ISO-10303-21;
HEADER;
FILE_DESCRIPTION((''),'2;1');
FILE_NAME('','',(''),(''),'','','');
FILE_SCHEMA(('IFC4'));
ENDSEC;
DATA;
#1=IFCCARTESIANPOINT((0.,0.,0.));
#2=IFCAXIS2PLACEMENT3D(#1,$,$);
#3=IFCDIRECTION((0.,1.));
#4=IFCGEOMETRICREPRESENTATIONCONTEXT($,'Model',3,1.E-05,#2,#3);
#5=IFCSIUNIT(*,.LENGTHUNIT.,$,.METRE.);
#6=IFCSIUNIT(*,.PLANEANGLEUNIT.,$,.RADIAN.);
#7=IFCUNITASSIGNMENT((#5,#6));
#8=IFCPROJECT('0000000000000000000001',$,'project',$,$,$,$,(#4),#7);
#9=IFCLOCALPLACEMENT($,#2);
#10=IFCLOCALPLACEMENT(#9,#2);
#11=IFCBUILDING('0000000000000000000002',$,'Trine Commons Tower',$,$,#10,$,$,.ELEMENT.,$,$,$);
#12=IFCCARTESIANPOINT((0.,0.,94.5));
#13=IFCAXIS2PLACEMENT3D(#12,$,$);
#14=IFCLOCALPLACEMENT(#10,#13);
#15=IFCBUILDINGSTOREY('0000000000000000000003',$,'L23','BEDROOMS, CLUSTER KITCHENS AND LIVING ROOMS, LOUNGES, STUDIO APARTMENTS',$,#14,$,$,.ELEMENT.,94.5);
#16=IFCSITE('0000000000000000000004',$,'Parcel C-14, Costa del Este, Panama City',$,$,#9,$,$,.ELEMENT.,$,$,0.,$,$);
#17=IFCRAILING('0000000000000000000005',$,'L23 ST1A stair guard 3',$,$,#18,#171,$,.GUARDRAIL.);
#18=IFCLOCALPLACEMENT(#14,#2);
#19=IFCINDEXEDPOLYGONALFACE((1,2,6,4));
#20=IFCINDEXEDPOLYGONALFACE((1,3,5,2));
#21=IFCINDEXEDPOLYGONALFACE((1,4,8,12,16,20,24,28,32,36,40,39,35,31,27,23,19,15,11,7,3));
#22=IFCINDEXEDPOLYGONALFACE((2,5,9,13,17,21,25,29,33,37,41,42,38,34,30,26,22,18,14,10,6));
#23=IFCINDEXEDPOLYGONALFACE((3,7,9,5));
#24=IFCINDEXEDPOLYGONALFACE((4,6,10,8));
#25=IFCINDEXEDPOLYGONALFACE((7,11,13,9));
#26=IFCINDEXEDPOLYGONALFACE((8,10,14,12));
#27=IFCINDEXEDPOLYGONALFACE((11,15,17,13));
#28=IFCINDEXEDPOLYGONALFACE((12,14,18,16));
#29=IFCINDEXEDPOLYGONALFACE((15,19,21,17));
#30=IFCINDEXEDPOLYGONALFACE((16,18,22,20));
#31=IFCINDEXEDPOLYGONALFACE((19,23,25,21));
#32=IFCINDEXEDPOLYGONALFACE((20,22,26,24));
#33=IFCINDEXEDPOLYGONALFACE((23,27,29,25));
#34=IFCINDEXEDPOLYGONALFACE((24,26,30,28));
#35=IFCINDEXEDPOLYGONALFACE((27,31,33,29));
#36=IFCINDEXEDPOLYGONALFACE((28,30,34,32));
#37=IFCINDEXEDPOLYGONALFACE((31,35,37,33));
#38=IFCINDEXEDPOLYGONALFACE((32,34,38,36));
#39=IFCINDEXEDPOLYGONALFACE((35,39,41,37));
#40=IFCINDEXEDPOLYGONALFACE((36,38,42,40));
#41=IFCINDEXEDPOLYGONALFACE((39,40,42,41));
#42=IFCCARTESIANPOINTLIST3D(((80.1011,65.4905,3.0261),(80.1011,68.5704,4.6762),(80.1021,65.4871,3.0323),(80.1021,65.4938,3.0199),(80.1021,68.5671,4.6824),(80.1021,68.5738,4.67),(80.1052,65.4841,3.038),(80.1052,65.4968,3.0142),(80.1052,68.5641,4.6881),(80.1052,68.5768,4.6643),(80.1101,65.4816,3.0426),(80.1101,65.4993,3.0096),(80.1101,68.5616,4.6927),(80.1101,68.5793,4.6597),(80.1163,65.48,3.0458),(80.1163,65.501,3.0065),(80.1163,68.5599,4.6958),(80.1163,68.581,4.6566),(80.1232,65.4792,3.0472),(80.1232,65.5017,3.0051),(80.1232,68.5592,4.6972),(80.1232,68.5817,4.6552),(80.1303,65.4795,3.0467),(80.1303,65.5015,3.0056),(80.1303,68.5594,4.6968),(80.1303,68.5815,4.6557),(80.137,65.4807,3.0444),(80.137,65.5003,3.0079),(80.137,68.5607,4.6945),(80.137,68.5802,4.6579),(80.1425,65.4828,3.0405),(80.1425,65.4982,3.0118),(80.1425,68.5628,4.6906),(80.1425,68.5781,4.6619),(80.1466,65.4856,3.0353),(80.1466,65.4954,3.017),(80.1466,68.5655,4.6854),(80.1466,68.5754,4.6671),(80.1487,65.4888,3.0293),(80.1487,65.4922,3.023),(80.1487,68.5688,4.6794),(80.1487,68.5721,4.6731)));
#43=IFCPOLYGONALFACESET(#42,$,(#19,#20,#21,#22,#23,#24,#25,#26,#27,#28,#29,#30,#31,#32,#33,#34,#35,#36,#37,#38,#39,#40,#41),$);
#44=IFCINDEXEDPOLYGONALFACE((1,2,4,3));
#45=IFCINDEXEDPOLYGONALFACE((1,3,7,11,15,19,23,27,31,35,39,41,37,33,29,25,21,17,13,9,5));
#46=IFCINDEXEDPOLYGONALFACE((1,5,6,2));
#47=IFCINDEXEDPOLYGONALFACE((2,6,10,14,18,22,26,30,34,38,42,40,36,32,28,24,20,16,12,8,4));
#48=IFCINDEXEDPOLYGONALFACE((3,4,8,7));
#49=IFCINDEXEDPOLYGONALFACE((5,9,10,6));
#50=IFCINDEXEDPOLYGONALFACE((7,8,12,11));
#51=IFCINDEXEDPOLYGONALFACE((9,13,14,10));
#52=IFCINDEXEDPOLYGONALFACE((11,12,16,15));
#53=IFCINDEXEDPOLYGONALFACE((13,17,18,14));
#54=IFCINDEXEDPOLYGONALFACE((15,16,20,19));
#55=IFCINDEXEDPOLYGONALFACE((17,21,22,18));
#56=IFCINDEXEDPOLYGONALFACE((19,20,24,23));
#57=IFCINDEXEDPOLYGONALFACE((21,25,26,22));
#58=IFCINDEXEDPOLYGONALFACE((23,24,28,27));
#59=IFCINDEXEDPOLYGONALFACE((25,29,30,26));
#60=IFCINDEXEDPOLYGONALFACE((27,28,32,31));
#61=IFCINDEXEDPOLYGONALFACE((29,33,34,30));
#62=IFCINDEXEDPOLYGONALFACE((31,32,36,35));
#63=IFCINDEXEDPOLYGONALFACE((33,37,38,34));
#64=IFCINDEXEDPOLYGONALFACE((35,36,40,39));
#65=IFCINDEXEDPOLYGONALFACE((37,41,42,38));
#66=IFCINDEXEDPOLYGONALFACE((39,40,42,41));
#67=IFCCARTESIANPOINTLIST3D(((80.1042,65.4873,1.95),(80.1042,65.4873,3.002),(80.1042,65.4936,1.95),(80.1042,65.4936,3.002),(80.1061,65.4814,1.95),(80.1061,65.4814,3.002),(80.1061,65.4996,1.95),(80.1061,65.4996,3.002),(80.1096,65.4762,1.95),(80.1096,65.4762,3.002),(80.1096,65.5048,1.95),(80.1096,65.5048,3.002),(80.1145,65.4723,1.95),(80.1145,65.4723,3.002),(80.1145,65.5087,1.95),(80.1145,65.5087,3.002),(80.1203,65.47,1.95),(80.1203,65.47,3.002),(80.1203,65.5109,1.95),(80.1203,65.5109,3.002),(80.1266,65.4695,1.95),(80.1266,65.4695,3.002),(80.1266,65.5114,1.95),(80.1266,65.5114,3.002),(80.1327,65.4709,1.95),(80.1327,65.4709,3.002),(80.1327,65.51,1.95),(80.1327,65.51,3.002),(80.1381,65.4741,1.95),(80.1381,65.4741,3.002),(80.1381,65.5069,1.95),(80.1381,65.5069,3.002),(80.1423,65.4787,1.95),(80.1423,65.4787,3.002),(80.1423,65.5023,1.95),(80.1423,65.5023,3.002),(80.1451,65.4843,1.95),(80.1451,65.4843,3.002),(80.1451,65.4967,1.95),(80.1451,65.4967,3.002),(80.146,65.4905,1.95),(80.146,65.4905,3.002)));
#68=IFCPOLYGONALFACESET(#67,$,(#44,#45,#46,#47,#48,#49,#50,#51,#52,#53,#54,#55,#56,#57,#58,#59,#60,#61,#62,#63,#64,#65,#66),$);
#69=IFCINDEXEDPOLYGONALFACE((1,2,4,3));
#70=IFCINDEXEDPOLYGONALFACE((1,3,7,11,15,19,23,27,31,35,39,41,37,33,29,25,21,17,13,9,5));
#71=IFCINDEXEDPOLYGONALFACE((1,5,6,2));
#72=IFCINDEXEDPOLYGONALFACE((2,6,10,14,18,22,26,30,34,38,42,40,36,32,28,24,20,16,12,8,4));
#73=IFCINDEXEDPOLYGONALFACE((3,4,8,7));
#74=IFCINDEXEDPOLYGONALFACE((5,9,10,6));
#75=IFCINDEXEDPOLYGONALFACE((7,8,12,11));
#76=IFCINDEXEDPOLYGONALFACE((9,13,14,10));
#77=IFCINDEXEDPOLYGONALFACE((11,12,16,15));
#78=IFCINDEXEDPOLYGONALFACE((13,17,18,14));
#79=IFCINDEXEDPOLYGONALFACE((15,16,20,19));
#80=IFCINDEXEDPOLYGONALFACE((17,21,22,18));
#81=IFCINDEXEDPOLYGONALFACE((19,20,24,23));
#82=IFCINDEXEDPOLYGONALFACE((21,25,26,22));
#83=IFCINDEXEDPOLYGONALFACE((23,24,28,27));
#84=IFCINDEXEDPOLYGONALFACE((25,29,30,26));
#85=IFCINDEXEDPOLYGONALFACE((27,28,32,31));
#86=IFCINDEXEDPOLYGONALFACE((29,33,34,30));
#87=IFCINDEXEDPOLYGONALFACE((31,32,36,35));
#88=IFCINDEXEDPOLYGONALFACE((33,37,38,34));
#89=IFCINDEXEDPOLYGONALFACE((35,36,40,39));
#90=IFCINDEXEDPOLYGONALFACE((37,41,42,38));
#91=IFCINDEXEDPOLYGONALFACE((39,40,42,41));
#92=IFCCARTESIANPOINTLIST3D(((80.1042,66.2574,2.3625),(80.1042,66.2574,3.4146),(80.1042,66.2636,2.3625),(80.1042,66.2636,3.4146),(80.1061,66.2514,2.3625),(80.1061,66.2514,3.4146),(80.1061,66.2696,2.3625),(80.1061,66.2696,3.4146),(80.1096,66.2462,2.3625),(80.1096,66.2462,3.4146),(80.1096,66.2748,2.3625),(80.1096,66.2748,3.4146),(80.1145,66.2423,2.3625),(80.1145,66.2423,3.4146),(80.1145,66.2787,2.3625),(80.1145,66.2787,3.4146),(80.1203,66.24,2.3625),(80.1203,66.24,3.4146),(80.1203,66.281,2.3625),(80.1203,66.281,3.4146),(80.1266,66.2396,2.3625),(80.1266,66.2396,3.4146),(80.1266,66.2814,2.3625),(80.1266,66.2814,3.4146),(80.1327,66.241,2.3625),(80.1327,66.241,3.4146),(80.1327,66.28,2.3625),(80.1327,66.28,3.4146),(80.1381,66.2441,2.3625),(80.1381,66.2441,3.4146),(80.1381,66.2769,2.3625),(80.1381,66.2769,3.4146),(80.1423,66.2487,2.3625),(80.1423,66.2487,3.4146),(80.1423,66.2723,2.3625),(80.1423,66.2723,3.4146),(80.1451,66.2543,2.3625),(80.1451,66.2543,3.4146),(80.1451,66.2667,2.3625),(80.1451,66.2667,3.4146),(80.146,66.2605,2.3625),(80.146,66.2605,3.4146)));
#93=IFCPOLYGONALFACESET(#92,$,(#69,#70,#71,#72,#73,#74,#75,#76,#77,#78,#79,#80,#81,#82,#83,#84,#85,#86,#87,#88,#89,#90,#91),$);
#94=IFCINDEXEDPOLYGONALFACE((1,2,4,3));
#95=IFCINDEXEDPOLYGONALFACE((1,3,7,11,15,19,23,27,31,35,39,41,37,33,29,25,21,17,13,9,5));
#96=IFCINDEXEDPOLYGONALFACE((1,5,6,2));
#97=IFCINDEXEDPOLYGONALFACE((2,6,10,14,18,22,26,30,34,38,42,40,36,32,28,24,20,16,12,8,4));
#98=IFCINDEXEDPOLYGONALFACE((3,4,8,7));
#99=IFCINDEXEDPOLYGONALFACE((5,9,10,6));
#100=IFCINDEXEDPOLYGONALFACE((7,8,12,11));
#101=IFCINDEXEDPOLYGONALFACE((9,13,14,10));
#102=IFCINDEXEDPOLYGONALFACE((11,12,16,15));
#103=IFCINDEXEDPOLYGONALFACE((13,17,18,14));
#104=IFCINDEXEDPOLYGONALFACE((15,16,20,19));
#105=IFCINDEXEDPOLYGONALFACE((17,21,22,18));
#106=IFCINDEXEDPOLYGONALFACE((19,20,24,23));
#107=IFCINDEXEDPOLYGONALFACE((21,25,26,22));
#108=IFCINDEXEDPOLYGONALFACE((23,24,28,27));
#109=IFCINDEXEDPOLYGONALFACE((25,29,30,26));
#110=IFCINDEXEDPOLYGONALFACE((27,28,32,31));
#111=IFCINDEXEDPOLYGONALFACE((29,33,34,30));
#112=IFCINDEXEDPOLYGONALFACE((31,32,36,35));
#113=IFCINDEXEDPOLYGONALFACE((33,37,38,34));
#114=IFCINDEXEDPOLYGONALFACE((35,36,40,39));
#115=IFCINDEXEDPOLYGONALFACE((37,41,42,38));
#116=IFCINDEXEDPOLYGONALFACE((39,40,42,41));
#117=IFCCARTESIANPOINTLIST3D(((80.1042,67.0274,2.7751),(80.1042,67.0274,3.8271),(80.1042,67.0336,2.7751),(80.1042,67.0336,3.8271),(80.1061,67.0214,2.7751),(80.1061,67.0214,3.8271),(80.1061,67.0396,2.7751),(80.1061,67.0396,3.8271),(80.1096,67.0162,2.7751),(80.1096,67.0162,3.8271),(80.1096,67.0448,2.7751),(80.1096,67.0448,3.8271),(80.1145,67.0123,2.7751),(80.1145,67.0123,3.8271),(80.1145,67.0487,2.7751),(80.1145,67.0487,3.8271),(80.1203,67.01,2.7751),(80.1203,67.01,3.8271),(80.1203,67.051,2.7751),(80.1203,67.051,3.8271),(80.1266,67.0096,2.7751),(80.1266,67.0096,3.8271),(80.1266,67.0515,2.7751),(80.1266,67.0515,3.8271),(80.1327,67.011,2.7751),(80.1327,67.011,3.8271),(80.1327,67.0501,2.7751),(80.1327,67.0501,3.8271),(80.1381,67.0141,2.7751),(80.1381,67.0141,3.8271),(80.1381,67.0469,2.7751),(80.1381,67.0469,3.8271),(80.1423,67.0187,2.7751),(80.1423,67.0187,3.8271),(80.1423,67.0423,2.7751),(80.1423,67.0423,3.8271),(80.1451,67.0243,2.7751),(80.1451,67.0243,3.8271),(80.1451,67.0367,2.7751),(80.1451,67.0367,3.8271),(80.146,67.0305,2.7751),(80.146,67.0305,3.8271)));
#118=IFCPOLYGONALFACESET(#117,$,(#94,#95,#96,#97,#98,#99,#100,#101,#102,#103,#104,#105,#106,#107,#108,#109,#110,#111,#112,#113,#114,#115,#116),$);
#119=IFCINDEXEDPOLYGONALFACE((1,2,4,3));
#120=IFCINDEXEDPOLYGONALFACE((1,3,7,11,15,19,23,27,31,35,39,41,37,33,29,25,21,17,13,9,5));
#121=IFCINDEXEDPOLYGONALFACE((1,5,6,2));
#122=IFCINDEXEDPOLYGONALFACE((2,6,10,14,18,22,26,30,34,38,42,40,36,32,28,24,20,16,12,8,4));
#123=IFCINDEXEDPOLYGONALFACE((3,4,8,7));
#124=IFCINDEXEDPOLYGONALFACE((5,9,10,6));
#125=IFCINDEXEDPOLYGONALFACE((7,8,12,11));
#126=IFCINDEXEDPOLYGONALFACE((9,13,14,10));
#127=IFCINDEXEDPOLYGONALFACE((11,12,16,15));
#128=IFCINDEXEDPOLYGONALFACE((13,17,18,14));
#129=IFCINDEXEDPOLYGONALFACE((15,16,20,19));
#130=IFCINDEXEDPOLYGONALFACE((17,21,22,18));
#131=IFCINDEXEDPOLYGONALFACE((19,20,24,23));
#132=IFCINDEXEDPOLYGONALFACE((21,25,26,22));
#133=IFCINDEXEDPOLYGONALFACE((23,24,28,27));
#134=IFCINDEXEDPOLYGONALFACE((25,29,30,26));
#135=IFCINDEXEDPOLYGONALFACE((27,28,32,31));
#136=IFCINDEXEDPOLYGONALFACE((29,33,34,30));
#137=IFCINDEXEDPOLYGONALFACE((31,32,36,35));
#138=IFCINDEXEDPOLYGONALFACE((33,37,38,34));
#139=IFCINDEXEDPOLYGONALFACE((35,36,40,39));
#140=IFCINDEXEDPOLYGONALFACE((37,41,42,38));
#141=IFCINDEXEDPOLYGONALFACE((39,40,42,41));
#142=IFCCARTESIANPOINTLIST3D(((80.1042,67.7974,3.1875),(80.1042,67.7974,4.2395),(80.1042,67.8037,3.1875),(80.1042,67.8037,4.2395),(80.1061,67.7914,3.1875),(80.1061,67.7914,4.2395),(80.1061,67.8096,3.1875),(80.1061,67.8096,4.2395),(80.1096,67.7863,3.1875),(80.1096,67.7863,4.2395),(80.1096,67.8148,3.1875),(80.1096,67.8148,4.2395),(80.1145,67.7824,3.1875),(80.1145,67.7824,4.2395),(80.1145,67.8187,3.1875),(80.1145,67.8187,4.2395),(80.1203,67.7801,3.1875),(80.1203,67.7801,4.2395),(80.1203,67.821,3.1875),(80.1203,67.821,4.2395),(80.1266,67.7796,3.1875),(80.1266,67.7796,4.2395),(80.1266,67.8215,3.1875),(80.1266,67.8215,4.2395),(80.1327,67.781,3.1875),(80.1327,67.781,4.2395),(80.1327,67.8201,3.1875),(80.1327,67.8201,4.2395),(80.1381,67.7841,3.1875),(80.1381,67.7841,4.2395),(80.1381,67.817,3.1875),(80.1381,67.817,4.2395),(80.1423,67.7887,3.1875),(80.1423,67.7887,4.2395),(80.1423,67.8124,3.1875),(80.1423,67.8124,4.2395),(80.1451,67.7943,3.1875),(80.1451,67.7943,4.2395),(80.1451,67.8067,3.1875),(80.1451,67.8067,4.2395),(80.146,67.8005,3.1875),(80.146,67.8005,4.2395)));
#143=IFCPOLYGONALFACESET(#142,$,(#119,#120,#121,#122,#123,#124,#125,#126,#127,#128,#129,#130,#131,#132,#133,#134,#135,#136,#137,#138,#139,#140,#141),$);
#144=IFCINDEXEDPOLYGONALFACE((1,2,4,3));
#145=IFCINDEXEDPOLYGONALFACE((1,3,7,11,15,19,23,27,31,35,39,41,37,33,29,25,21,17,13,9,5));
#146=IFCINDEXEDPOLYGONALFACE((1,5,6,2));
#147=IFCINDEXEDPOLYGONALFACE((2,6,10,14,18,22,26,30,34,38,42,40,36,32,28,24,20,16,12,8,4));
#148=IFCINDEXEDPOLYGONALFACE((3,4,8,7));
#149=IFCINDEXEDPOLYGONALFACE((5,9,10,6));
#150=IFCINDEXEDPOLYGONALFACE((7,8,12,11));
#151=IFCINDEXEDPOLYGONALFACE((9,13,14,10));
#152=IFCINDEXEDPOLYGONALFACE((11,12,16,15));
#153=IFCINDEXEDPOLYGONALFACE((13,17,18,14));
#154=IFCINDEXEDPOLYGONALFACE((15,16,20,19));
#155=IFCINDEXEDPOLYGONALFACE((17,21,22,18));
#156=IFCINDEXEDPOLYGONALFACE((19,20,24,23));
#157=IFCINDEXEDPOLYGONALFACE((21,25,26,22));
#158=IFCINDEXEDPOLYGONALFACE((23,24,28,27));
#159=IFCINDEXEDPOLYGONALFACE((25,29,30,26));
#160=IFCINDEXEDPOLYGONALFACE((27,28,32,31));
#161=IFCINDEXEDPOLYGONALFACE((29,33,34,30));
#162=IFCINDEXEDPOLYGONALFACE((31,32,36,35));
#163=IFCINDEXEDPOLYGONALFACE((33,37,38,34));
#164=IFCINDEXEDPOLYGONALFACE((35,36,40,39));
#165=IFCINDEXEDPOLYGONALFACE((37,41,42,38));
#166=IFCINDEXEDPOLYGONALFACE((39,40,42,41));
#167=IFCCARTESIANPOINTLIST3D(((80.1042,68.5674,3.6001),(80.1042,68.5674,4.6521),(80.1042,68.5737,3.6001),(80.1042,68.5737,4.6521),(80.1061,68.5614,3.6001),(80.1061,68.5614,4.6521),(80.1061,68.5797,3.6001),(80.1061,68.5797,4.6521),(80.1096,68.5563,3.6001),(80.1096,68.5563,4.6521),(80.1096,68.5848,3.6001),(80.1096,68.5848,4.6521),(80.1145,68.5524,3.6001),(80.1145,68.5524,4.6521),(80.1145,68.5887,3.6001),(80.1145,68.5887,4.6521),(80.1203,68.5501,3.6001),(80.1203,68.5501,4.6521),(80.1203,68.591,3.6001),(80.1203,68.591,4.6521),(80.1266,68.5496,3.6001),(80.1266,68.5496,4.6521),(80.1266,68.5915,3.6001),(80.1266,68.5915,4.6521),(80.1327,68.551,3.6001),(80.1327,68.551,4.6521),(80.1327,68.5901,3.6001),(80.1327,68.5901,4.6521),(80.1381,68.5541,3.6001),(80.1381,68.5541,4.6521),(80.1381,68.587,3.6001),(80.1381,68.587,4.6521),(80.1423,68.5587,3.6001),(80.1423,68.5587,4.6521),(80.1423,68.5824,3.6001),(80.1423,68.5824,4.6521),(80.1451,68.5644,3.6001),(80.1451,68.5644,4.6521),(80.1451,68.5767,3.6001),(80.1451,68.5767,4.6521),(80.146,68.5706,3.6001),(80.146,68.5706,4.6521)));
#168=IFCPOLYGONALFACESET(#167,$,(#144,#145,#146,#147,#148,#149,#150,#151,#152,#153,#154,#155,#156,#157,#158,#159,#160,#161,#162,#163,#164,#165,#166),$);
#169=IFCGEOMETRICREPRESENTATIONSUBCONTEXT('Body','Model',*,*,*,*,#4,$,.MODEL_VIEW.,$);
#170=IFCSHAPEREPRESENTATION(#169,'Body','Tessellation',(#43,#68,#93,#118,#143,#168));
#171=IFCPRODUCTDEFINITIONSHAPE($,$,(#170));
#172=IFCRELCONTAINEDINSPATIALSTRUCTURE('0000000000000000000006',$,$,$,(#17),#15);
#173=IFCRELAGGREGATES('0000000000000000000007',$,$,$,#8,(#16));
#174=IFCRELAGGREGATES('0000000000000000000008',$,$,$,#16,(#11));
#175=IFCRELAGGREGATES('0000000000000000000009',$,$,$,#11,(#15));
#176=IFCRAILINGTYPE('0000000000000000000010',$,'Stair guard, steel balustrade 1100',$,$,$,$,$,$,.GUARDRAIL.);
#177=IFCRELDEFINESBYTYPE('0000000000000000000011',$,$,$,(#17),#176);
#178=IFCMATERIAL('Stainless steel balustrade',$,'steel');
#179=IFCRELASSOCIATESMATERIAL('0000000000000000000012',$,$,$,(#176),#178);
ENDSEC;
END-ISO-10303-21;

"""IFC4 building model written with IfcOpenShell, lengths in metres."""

from ifc_helpers import new_model, si_unit, direction, frame, origin, origin_2d, place, context, subcontext, project, spatial, circle, extrude, material, type_object, element, save


model = new_model("IFC4")

# Units and contexts
model_context = context("Model", 3, precision=1e-05, world=origin(), true_north=direction((0.0, 1.0)))
body_context = subcontext(model_context, "Body", "Model", "MODEL_VIEW")
ifc_project = project(units=[si_unit("LENGTHUNIT", "METRE"), si_unit("PLANEANGLEUNIT", "RADIAN")], contexts=[model_context])

# Site, building, storey
site_placement = place(None, origin())
site = spatial("IfcSite", under=ifc_project, at=site_placement, Name="Parcel C-14, Costa del Este, Panama City", CompositionType="ELEMENT", RefElevation=0.0)
building_placement = place(site_placement, origin())
building = spatial("IfcBuilding", under=site, at=building_placement, Name="Trine Commons Tower", CompositionType="ELEMENT")
storey_placement = place(building_placement, frame((0.0, 0.0, 94.5)))
storey = spatial("IfcBuildingStorey", under=building, at=storey_placement, Name="L23", Description="BEDROOMS, CLUSTER KITCHENS AND LIVING ROOMS, LOUNGES, STUDIO APARTMENTS", CompositionType="ELEMENT", Elevation=94.5)

# Railing
ifc_material_1 = material(Name="Stainless steel balustrade", Category="steel")
railing_type_1 = type_object("IfcRailingType", Name="Stair guard, steel balustrade 1100", PredefinedType="GUARDRAIL", material=ifc_material_1)
railing_1_placement = place(storey_placement, frame((80.125, 65.4905, 1.95)))
element("IfcRailing", 1, at=railing_1_placement, inside=storey, type_object=railing_type_1, Name="L23 ST1A stair guard 3", PredefinedType="GUARDRAIL", context=body_context, shape_type="SweptSolid", body=[
    extrude(circle(Radius=0.0239, at=origin_2d()), frame((0.0, 0.0, 1.0762), z_axis=(0.0, 0.881468, 0.472245), x_axis=(-1.0, 0.0, 0.0)), (0.0, 0.0, 1.0), 3.4941),
    extrude(circle(Radius=0.021, at=origin_2d()), origin(), (0.0, 0.0, 1.0), 1.052),
    extrude(circle(Radius=0.021, at=origin_2d()), frame((0.0, 0.77, 0.4126)), (0.0, 0.0, 1.0), 1.052),
    extrude(circle(Radius=0.021, at=origin_2d()), frame((0.0, 1.54, 0.8252)), (0.0, 0.0, 1.0), 1.052),
    extrude(circle(Radius=0.021, at=origin_2d()), frame((0.0, 2.3101, 1.2375)), (0.0, 0.0, 1.0), 1.052),
    extrude(circle(Radius=0.021, at=origin_2d()), frame((0.0, 3.0801, 1.6501)), (0.0, 0.0, 1.0), 1.052),
])

save(model, "model.ifc")
